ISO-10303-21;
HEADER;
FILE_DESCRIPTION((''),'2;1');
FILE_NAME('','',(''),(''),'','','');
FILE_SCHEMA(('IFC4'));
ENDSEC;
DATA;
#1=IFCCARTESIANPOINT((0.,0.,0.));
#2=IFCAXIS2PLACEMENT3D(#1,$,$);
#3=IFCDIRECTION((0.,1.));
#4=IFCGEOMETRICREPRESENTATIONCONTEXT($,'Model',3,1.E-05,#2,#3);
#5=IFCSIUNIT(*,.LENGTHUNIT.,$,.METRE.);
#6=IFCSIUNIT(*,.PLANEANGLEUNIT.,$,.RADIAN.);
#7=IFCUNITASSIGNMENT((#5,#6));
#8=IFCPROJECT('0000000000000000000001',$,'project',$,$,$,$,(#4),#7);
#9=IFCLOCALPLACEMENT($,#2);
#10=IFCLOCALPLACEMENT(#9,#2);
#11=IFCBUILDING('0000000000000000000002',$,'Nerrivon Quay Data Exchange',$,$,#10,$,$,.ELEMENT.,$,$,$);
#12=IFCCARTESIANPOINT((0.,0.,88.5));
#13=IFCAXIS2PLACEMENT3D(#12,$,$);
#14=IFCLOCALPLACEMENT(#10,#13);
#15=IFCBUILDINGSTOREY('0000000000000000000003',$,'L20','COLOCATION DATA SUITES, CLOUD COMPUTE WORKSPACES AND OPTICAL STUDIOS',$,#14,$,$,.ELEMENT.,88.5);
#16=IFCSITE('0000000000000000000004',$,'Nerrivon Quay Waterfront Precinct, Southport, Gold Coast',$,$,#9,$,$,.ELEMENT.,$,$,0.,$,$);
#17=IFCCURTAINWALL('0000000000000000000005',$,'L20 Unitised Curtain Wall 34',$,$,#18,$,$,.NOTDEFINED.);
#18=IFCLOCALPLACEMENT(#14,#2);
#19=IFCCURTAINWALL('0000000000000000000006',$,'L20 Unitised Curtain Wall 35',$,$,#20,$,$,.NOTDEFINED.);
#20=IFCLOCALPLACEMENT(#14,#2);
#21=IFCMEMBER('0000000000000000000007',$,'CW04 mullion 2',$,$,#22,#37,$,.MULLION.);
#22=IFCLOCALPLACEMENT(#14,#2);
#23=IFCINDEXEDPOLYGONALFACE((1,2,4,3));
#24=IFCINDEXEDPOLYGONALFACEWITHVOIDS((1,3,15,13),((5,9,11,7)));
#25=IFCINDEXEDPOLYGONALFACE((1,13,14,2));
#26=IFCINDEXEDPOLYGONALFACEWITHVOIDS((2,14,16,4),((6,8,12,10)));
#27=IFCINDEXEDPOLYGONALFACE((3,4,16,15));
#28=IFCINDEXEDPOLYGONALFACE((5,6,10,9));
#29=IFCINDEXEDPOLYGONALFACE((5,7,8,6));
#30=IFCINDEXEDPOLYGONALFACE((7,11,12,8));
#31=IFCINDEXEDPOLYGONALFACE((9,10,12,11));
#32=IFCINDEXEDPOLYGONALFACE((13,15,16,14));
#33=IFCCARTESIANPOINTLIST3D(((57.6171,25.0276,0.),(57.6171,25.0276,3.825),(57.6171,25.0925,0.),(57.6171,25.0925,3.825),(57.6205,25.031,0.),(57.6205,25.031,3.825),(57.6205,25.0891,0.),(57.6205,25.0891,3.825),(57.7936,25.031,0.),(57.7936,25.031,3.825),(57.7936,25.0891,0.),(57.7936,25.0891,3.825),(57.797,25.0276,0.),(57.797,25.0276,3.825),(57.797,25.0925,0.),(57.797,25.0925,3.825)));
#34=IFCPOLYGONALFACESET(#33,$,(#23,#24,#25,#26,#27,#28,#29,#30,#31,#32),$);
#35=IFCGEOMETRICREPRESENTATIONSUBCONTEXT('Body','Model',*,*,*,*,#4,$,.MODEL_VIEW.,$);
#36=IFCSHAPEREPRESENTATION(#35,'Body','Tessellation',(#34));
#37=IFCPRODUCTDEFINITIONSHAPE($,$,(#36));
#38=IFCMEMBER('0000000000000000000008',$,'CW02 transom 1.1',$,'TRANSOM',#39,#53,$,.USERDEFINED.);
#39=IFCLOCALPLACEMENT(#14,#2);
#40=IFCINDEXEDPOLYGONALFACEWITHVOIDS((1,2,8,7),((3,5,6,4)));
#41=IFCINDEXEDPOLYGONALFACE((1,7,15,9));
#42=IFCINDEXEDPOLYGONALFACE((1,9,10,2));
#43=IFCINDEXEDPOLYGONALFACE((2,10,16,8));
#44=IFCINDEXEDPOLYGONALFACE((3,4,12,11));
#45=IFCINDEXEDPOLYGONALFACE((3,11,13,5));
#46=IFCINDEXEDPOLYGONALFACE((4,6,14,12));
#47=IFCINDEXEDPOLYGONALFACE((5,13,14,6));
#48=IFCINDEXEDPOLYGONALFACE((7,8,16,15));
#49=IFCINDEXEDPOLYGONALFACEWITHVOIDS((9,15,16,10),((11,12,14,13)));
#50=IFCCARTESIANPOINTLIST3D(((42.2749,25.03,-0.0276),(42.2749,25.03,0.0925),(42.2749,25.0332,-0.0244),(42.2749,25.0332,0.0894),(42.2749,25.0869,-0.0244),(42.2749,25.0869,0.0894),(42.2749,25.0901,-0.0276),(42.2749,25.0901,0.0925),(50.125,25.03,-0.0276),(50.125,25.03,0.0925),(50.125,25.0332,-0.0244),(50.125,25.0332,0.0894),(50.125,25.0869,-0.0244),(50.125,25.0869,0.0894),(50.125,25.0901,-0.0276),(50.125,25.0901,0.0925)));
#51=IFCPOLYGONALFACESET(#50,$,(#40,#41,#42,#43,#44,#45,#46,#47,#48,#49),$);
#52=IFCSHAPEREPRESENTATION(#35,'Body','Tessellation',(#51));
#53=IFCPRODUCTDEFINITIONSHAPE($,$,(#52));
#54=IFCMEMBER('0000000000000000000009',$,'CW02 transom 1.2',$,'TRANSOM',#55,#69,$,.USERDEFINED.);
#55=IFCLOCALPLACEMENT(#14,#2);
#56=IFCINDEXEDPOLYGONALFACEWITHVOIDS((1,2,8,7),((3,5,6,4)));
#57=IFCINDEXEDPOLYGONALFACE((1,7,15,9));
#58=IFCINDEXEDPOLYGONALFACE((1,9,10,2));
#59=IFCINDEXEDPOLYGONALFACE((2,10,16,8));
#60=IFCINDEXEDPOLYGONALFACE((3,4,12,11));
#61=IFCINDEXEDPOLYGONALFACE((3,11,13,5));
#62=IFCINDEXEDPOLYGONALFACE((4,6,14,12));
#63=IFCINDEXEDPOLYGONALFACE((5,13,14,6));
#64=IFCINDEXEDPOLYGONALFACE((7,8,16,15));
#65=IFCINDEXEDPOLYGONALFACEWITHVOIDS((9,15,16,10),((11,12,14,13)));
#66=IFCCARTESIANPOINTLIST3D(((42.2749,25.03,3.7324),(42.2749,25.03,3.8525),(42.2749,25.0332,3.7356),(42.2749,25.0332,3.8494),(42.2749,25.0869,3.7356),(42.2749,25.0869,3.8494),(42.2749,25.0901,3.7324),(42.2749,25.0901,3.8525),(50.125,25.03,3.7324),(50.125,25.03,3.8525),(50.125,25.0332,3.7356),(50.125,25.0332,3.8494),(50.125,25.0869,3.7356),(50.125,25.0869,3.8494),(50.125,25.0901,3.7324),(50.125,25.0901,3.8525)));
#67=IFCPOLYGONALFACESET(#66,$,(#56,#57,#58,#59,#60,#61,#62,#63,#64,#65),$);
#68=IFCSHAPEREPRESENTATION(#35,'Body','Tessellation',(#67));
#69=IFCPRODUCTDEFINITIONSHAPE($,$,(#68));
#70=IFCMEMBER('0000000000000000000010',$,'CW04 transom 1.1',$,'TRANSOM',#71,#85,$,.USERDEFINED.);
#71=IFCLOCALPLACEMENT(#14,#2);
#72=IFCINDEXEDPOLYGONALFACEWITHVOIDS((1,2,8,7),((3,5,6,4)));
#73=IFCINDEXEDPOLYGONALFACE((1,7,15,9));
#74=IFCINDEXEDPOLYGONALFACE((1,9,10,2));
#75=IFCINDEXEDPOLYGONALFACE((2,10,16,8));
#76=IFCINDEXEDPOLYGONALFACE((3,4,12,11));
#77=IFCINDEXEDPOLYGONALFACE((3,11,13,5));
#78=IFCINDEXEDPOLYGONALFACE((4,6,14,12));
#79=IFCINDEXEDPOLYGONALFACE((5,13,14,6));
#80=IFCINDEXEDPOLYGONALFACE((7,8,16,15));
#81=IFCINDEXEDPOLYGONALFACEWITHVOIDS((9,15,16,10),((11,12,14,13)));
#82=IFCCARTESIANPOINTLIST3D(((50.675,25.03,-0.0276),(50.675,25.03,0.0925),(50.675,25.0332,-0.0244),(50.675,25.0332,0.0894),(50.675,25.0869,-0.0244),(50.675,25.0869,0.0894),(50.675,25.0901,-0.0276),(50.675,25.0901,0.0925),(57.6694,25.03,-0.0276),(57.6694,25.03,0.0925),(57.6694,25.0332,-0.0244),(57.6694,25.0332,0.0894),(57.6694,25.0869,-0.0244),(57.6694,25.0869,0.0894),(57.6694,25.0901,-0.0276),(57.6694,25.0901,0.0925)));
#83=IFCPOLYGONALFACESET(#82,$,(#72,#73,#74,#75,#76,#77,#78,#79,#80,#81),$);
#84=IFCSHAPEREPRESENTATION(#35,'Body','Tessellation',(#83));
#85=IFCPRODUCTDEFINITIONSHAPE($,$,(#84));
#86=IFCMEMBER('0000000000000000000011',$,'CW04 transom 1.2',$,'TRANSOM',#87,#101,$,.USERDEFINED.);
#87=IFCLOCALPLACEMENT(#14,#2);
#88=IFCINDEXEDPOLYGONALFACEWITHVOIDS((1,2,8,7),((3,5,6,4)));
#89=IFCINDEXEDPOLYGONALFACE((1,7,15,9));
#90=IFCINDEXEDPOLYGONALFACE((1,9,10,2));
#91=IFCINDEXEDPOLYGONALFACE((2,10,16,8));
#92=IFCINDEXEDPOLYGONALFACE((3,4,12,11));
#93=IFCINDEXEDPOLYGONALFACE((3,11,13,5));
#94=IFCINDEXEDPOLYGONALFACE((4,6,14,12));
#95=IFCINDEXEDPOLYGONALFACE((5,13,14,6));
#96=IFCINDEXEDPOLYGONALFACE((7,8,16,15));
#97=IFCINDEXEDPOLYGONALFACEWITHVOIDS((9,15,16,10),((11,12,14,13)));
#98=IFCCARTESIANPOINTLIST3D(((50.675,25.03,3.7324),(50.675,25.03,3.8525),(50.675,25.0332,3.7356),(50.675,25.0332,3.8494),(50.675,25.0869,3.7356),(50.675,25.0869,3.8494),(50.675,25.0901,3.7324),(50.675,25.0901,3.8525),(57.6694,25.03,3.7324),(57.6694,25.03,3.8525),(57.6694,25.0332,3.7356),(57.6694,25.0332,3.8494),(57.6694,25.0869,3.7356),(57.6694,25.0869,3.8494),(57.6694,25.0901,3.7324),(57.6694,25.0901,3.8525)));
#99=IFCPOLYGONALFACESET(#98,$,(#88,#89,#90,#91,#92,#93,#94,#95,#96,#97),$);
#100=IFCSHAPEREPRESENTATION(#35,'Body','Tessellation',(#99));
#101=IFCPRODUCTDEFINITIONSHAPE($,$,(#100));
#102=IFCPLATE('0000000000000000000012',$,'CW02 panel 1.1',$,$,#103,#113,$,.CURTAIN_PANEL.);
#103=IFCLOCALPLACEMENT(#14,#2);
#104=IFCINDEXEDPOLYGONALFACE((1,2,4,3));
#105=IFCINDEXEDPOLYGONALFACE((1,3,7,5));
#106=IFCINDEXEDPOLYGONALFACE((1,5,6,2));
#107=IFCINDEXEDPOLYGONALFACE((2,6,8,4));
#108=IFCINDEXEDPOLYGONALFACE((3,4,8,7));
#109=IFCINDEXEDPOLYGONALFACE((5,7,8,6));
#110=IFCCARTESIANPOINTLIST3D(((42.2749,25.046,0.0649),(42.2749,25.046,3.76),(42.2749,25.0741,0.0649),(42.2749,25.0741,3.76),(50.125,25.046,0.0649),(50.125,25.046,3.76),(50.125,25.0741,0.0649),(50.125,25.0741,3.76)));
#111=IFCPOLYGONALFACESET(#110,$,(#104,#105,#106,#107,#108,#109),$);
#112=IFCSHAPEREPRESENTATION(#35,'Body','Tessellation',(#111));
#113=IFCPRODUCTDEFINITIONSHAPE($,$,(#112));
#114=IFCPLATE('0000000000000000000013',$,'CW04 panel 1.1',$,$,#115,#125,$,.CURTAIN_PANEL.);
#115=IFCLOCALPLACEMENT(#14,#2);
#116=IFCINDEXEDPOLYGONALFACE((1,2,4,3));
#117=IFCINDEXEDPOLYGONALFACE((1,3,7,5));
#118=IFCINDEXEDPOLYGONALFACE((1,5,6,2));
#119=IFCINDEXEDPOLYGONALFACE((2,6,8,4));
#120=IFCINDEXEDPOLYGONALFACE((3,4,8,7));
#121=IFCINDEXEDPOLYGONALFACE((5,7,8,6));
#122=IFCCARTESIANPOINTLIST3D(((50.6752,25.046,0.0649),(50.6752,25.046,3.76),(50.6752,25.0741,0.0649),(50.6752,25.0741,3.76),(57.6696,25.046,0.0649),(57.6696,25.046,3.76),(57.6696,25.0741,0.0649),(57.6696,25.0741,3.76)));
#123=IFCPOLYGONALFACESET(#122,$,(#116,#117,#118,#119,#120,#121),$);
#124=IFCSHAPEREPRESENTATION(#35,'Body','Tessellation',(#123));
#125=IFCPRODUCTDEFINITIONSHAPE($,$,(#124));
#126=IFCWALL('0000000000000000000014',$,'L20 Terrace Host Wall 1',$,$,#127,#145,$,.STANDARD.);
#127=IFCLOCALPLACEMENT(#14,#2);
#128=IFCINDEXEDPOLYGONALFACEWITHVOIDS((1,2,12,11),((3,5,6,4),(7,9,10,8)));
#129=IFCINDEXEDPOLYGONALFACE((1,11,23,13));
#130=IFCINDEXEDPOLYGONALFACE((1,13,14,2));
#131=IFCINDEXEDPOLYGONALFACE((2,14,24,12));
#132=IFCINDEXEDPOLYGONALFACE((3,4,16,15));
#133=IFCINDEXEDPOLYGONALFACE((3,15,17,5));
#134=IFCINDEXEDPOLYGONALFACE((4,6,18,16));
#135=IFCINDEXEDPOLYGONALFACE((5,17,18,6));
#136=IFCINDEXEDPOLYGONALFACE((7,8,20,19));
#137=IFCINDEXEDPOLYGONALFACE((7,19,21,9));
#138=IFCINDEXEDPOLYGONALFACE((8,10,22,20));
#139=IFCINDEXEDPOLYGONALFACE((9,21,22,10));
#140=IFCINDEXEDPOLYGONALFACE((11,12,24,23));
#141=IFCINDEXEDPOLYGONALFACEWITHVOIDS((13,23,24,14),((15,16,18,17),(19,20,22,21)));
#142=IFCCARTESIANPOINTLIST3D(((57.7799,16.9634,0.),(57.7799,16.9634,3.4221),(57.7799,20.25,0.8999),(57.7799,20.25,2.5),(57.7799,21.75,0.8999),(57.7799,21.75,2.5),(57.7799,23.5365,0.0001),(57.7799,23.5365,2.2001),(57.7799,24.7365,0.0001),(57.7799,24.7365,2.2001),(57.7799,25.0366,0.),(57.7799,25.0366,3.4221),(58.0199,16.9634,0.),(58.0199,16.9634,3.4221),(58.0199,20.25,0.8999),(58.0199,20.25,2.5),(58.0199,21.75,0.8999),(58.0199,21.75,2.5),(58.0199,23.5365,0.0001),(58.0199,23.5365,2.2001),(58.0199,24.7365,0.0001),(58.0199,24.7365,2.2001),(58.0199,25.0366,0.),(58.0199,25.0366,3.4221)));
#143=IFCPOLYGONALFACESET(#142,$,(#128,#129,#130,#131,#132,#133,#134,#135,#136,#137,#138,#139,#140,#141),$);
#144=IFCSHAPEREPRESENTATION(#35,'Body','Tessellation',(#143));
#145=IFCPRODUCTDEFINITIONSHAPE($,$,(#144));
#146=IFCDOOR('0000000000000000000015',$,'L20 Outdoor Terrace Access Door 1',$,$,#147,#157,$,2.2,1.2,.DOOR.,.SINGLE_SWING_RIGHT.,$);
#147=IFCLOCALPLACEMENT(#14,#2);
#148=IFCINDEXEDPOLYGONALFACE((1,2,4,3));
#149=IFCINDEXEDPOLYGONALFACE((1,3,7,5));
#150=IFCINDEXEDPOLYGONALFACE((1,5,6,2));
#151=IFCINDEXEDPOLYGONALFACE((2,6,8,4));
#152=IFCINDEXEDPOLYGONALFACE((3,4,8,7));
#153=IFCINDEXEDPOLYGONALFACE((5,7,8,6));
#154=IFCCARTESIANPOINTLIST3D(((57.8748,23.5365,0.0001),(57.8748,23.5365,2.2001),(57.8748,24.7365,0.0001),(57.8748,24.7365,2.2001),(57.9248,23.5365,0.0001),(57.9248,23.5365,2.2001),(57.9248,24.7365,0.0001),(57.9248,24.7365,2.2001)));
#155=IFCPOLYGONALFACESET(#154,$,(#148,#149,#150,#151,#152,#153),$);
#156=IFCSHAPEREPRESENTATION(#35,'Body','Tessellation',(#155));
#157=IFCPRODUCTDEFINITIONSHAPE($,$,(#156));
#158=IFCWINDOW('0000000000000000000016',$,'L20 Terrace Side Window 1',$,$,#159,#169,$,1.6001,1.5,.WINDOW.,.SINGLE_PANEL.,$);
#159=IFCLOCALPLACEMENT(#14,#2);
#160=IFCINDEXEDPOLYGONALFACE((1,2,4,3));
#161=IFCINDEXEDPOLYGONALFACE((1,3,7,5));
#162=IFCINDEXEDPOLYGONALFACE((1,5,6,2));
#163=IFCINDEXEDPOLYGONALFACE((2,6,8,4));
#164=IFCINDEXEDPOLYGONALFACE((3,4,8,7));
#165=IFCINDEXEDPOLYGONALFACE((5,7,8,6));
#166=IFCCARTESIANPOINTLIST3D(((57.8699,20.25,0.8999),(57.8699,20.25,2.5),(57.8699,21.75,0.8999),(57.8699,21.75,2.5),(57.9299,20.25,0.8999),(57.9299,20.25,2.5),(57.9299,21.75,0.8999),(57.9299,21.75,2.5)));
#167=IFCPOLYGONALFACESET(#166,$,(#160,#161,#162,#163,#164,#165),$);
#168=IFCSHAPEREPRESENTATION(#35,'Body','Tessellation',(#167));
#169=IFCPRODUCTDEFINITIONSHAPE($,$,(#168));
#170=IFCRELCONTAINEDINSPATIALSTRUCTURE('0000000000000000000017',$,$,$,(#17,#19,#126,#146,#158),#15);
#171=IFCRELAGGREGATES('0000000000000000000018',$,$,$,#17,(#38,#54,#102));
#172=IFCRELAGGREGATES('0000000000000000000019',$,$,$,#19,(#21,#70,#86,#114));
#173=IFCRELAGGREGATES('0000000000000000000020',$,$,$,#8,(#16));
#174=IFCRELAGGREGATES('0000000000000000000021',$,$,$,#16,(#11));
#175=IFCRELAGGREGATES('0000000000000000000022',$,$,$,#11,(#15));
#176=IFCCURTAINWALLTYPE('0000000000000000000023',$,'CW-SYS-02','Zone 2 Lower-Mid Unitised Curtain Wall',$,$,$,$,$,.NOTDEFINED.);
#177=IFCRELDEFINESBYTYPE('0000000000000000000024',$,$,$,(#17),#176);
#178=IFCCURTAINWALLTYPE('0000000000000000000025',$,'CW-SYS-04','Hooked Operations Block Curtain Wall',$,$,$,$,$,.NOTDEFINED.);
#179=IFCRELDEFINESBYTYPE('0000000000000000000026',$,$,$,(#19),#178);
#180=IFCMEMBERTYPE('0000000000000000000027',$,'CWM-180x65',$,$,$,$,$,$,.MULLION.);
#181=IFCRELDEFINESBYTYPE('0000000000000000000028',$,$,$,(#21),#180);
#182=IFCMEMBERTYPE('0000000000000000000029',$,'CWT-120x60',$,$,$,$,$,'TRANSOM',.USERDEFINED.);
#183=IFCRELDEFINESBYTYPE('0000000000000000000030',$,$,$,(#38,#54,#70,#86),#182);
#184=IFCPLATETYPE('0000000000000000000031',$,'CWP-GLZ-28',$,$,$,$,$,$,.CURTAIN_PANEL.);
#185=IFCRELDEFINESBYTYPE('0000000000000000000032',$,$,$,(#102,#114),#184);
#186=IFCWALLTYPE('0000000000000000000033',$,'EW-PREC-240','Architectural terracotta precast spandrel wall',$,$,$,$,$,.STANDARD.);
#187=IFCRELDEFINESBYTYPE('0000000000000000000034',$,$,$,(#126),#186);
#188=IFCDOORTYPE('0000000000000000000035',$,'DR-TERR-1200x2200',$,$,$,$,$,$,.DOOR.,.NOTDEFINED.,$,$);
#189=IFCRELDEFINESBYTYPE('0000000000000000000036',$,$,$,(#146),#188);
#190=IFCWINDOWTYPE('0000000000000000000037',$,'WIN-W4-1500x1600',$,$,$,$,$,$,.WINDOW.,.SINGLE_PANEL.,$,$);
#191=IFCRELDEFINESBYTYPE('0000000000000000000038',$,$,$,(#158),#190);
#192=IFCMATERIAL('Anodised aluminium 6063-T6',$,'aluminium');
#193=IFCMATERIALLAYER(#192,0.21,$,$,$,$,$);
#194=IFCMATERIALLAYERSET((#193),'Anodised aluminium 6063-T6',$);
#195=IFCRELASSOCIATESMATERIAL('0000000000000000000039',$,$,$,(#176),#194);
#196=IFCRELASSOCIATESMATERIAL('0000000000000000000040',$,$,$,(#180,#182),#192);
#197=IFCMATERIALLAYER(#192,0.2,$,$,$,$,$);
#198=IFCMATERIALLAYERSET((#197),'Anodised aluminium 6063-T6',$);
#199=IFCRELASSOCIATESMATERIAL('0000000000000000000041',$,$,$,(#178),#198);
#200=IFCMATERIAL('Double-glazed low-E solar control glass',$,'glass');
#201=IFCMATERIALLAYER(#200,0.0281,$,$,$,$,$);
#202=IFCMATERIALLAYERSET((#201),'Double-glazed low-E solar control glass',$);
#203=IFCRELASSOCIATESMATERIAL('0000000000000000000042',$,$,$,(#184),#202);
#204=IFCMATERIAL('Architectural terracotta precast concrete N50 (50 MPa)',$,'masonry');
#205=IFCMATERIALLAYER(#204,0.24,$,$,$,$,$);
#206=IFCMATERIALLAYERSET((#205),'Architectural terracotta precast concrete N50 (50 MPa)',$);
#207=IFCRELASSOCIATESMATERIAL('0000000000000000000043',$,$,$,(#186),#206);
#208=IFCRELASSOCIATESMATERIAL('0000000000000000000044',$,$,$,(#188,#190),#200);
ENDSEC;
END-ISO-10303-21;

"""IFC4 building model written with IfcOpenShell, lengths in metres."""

from ifc_helpers import new_model, si_unit, direction, frame, frame_2d, origin, origin_2d, place, context, subcontext, project, spatial, rectangle, hollow_rectangle, extrude, material, layer, layer_set, material_profile, profile_set, type_object, element, fill, aggregate, save


model = new_model("IFC4")

# Units and contexts
model_context = context("Model", 3, precision=1e-05, world=origin(), true_north=direction((0.0, 1.0)))
body_context = subcontext(model_context, "Body", "Model", "MODEL_VIEW")
ifc_project = project(units=[si_unit("LENGTHUNIT", "METRE"), si_unit("PLANEANGLEUNIT", "RADIAN")], contexts=[model_context])

# Site, building, storey
site_placement = place(None, origin())
site = spatial("IfcSite", under=ifc_project, at=site_placement, Name="Nerrivon Quay Waterfront Precinct, Southport, Gold Coast", CompositionType="ELEMENT", RefElevation=0.0)
building_placement = place(site_placement, origin())
building = spatial("IfcBuilding", under=site, at=building_placement, Name="Nerrivon Quay Data Exchange", CompositionType="ELEMENT")
storey_placement = place(building_placement, frame((0.0, 0.0, 88.5)))
storey = spatial("IfcBuildingStorey", under=building, at=storey_placement, Name="L20", Description="COLOCATION DATA SUITES, CLOUD COMPUTE WORKSPACES AND OPTICAL STUDIOS", CompositionType="ELEMENT", Elevation=88.5)

# Curtain wall
ifc_material_1 = material(Name="Anodised aluminium 6063-T6", Category="aluminium")
ifc_layer_1 = layer(ifc_material_1, 0.21)
ifc_layer_set_1 = layer_set([ifc_layer_1], Name="Anodised aluminium 6063-T6")
curtain_wall_type_1 = type_object("IfcCurtainWallType", Name="CW-SYS-02", Description="Zone 2 Lower-Mid Unitised Curtain Wall", PredefinedType="NOTDEFINED", material=ifc_layer_set_1)
curtain_wall_1_placement = place(storey_placement, origin())
curtain_wall_1 = element("IfcCurtainWall", 1, at=curtain_wall_1_placement, inside=storey, type_object=curtain_wall_type_1, Name="L20 Unitised Curtain Wall 34", PredefinedType="NOTDEFINED")
ifc_material_profile_1 = material_profile(ifc_material_1, hollow_rectangle(XDim=0.0649, YDim=0.1799, WallThickness=0.0034, at=origin_2d()), Name="ALU-MULL-180x65")
ifc_profile_set_1 = profile_set([ifc_material_profile_1], Name="Anodised aluminium 6063-T6")
member_type_1 = type_object("IfcMemberType", Name="CWM-180x65", PredefinedType="MULLION", material=ifc_profile_set_1)

# Curtain wall, member
ifc_layer_2 = layer(ifc_material_1, 0.2)
ifc_layer_set_2 = layer_set([ifc_layer_2], Name="Anodised aluminium 6063-T6")
curtain_wall_type_2 = type_object("IfcCurtainWallType", Name="CW-SYS-04", Description="Hooked Operations Block Curtain Wall", PredefinedType="NOTDEFINED", material=ifc_layer_set_2)
curtain_wall_2_placement = place(storey_placement, origin())
curtain_wall_2 = element("IfcCurtainWall", 2, at=curtain_wall_2_placement, inside=storey, type_object=curtain_wall_type_2, Name="L20 Unitised Curtain Wall 35", PredefinedType="NOTDEFINED")
member_1_placement = place(storey_placement, frame((57.707, 25.0601, 0.0), z_axis=(0.0, 0.0, 1.0), x_axis=(0.0, 1.0, 0.0)))
member_1 = element("IfcMember", 3, at=member_1_placement, type_object=member_type_1, Name="CW04 mullion 2", PredefinedType="MULLION", context=body_context, shape_type="SweptSolid", body=[
    extrude(hollow_rectangle(XDim=0.0649, YDim=0.1799, WallThickness=0.0034, at=origin_2d()), origin(), (0.0, 0.0, 1.0), 3.825),
])

# Members
ifc_material_profile_2 = material_profile(ifc_material_1, hollow_rectangle(XDim=0.0601, YDim=0.1201, WallThickness=0.0032, at=origin_2d()), Name="ALU-TRAN-120x60")
ifc_profile_set_2 = profile_set([ifc_material_profile_2], Name="Anodised aluminium 6063-T6")
member_type_2 = type_object("IfcMemberType", Name="CWT-120x60", ElementType="TRANSOM", PredefinedType="USERDEFINED", material=ifc_profile_set_2)
member_2_placement = place(storey_placement, frame((42.2749, 25.0601, 0.0325), z_axis=(1.0, 0.0, 0.0), x_axis=(0.0, 1.0, 0.0)))
member_2 = element("IfcMember", 4, at=member_2_placement, type_object=member_type_2, Name="CW02 transom 1.1", ObjectType="TRANSOM", PredefinedType="USERDEFINED", context=body_context, shape_type="SweptSolid", body=[
    extrude(hollow_rectangle(XDim=0.0601, YDim=0.1201, WallThickness=0.0032, at=origin_2d()), origin(), (0.0, 0.0, 1.0), 7.8501),
])
member_3_placement = place(storey_placement, frame((42.2749, 25.0601, 3.7925), z_axis=(1.0, 0.0, 0.0), x_axis=(0.0, 1.0, 0.0)))
member_3 = element("IfcMember", 5, at=member_3_placement, type_object=member_type_2, Name="CW02 transom 1.2", ObjectType="TRANSOM", PredefinedType="USERDEFINED", context=body_context, shape_type="SweptSolid", body=[
    extrude(hollow_rectangle(XDim=0.0601, YDim=0.1201, WallThickness=0.0032, at=origin_2d()), origin(), (0.0, 0.0, 1.0), 7.8501),
])
member_4_placement = place(storey_placement, frame((50.675, 25.0601, 0.0325), z_axis=(1.0, 0.0, 0.0), x_axis=(0.0, 1.0, 0.0)))
member_4 = element("IfcMember", 6, at=member_4_placement, type_object=member_type_2, Name="CW04 transom 1.1", ObjectType="TRANSOM", PredefinedType="USERDEFINED", context=body_context, shape_type="SweptSolid", body=[
    extrude(hollow_rectangle(XDim=0.0601, YDim=0.1201, WallThickness=0.0032, at=origin_2d()), origin(), (0.0, 0.0, 1.0), 6.9944),
])
member_5_placement = place(storey_placement, frame((50.675, 25.0601, 3.7925), z_axis=(1.0, 0.0, 0.0), x_axis=(0.0, 1.0, 0.0)))
member_5 = element("IfcMember", 7, at=member_5_placement, type_object=member_type_2, Name="CW04 transom 1.2", ObjectType="TRANSOM", PredefinedType="USERDEFINED", context=body_context, shape_type="SweptSolid", body=[
    extrude(hollow_rectangle(XDim=0.0601, YDim=0.1201, WallThickness=0.0032, at=origin_2d()), origin(), (0.0, 0.0, 1.0), 6.9944),
])

# Plates
ifc_material_2 = material(Name="Double-glazed low-E solar control glass", Category="glass")
ifc_layer_3 = layer(ifc_material_2, 0.0281)
ifc_layer_set_3 = layer_set([ifc_layer_3], Name="Double-glazed low-E solar control glass")
plate_type = type_object("IfcPlateType", Name="CWP-GLZ-28", PredefinedType="CURTAIN_PANEL", material=ifc_layer_set_3)
plate_1_placement = place(storey_placement, frame((46.2, 25.0601, 0.0649), z_axis=(0.0, 0.0, 1.0), x_axis=(1.0, 0.0, 0.0)))
plate_1 = element("IfcPlate", 8, at=plate_1_placement, type_object=plate_type, Name="CW02 panel 1.1", PredefinedType="CURTAIN_PANEL", context=body_context, shape_type="SweptSolid", body=[
    extrude(rectangle(XDim=7.8501, YDim=0.0281, at=origin_2d()), origin(), (0.0, 0.0, 1.0), 3.6951),
])
aggregate(curtain_wall_1, [member_2, member_3, plate_1])
plate_2_placement = place(storey_placement, frame((54.1724, 25.0601, 0.0649), z_axis=(0.0, 0.0, 1.0), x_axis=(1.0, 0.0, 0.0)))
plate_2 = element("IfcPlate", 9, at=plate_2_placement, type_object=plate_type, Name="CW04 panel 1.1", PredefinedType="CURTAIN_PANEL", context=body_context, shape_type="SweptSolid", body=[
    extrude(rectangle(XDim=6.9944, YDim=0.0281, at=origin_2d()), origin(), (0.0, 0.0, 1.0), 3.6951),
])
aggregate(curtain_wall_2, [member_1, member_4, member_5, plate_2])

# Wall, openings, door, window
ifc_material_3 = material(Name="Architectural terracotta precast concrete N50 (50 MPa)", Category="masonry")
ifc_layer_4 = layer(ifc_material_3, 0.24)
ifc_layer_set_4 = layer_set([ifc_layer_4], Name="Architectural terracotta precast concrete N50 (50 MPa)")
wall_type_1 = type_object("IfcWallType", Name="EW-PREC-240", Description="Architectural terracotta precast spandrel wall", PredefinedType="STANDARD", material=ifc_layer_set_4)
wall_1_placement = place(storey_placement, frame((57.8999, 25.0366, 0.0), z_axis=(0.0, 0.0, 1.0), x_axis=(0.0, -1.0, 0.0)))
wall_1 = element("IfcWall", 10, at=wall_1_placement, inside=storey, type_object=wall_type_1, Name="L20 Terrace Host Wall 1", PredefinedType="STANDARD", context=body_context, shape_type="SweptSolid", body=[
    extrude(rectangle(XDim=8.0732, YDim=0.24, at=frame_2d((4.0366, 0.0))), origin(), (0.0, 0.0, 1.0), 3.4221),
])
opening_1_placement = place(wall_1_placement, frame((0.3, 0.0, 0.0)))
opening_1 = element("IfcOpeningElement", 11, at=opening_1_placement, cuts=wall_1, PredefinedType="OPENING", context=body_context, shape_type="SweptSolid", body=[
    extrude(rectangle(XDim=1.2, YDim=2.2, at=frame_2d((0.6001, 1.1001))), frame((0.0, 0.1299, 0.0), z_axis=(0.0, -1.0, 0.0), x_axis=(1.0, 0.0, 0.0)), (0.0, 0.0, 1.0), 0.26),
])
opening_2_placement = place(wall_1_placement, frame((3.2866, 0.0, 0.8999)))
opening_2 = element("IfcOpeningElement", 12, at=opening_2_placement, cuts=wall_1, PredefinedType="OPENING", context=body_context, shape_type="SweptSolid", body=[
    extrude(rectangle(XDim=1.5, YDim=1.6001, at=frame_2d((0.75, 0.8))), frame((0.0, 0.1299, 0.0), z_axis=(0.0, -1.0, 0.0), x_axis=(1.0, 0.0, 0.0)), (0.0, 0.0, 1.0), 0.26),
])
door_type_1 = type_object("IfcDoorType", Name="DR-TERR-1200x2200", OperationType="NOTDEFINED", PredefinedType="DOOR", material=ifc_material_2)
door_1_placement = place(opening_1_placement, origin())
door_1 = element("IfcDoor", 13, at=door_1_placement, inside=storey, type_object=door_type_1, Name="L20 Outdoor Terrace Access Door 1", OperationType="SINGLE_SWING_RIGHT", OverallHeight=2.2, OverallWidth=1.2, PredefinedType="DOOR", context=body_context, shape_type="SweptSolid", body=[
    extrude(rectangle(XDim=1.2, YDim=2.2, at=frame_2d((0.6001, 1.1001))), frame((0.0, 0.0249, 0.0), z_axis=(0.0, -1.0, 0.0), x_axis=(1.0, 0.0, 0.0)), (0.0, 0.0, 1.0), 0.05),
])
fill(opening_1, door_1)
window_type_1 = type_object("IfcWindowType", Name="WIN-W4-1500x1600", PartitioningType="SINGLE_PANEL", PredefinedType="WINDOW", material=ifc_material_2)
window_1_placement = place(opening_2_placement, origin())
window_1 = element("IfcWindow", 14, at=window_1_placement, inside=storey, type_object=window_type_1, Name="L20 Terrace Side Window 1", OverallHeight=1.6001, OverallWidth=1.5, PartitioningType="SINGLE_PANEL", PredefinedType="WINDOW", context=body_context, shape_type="SweptSolid", body=[
    extrude(rectangle(XDim=1.5, YDim=1.6001, at=frame_2d((0.75, 0.8))), frame((0.0, 0.03, 0.0), z_axis=(0.0, -1.0, 0.0), x_axis=(1.0, 0.0, 0.0)), (0.0, 0.0, 1.0), 0.0601),
])
fill(opening_2, window_1)

save(model, "model.ifc")
